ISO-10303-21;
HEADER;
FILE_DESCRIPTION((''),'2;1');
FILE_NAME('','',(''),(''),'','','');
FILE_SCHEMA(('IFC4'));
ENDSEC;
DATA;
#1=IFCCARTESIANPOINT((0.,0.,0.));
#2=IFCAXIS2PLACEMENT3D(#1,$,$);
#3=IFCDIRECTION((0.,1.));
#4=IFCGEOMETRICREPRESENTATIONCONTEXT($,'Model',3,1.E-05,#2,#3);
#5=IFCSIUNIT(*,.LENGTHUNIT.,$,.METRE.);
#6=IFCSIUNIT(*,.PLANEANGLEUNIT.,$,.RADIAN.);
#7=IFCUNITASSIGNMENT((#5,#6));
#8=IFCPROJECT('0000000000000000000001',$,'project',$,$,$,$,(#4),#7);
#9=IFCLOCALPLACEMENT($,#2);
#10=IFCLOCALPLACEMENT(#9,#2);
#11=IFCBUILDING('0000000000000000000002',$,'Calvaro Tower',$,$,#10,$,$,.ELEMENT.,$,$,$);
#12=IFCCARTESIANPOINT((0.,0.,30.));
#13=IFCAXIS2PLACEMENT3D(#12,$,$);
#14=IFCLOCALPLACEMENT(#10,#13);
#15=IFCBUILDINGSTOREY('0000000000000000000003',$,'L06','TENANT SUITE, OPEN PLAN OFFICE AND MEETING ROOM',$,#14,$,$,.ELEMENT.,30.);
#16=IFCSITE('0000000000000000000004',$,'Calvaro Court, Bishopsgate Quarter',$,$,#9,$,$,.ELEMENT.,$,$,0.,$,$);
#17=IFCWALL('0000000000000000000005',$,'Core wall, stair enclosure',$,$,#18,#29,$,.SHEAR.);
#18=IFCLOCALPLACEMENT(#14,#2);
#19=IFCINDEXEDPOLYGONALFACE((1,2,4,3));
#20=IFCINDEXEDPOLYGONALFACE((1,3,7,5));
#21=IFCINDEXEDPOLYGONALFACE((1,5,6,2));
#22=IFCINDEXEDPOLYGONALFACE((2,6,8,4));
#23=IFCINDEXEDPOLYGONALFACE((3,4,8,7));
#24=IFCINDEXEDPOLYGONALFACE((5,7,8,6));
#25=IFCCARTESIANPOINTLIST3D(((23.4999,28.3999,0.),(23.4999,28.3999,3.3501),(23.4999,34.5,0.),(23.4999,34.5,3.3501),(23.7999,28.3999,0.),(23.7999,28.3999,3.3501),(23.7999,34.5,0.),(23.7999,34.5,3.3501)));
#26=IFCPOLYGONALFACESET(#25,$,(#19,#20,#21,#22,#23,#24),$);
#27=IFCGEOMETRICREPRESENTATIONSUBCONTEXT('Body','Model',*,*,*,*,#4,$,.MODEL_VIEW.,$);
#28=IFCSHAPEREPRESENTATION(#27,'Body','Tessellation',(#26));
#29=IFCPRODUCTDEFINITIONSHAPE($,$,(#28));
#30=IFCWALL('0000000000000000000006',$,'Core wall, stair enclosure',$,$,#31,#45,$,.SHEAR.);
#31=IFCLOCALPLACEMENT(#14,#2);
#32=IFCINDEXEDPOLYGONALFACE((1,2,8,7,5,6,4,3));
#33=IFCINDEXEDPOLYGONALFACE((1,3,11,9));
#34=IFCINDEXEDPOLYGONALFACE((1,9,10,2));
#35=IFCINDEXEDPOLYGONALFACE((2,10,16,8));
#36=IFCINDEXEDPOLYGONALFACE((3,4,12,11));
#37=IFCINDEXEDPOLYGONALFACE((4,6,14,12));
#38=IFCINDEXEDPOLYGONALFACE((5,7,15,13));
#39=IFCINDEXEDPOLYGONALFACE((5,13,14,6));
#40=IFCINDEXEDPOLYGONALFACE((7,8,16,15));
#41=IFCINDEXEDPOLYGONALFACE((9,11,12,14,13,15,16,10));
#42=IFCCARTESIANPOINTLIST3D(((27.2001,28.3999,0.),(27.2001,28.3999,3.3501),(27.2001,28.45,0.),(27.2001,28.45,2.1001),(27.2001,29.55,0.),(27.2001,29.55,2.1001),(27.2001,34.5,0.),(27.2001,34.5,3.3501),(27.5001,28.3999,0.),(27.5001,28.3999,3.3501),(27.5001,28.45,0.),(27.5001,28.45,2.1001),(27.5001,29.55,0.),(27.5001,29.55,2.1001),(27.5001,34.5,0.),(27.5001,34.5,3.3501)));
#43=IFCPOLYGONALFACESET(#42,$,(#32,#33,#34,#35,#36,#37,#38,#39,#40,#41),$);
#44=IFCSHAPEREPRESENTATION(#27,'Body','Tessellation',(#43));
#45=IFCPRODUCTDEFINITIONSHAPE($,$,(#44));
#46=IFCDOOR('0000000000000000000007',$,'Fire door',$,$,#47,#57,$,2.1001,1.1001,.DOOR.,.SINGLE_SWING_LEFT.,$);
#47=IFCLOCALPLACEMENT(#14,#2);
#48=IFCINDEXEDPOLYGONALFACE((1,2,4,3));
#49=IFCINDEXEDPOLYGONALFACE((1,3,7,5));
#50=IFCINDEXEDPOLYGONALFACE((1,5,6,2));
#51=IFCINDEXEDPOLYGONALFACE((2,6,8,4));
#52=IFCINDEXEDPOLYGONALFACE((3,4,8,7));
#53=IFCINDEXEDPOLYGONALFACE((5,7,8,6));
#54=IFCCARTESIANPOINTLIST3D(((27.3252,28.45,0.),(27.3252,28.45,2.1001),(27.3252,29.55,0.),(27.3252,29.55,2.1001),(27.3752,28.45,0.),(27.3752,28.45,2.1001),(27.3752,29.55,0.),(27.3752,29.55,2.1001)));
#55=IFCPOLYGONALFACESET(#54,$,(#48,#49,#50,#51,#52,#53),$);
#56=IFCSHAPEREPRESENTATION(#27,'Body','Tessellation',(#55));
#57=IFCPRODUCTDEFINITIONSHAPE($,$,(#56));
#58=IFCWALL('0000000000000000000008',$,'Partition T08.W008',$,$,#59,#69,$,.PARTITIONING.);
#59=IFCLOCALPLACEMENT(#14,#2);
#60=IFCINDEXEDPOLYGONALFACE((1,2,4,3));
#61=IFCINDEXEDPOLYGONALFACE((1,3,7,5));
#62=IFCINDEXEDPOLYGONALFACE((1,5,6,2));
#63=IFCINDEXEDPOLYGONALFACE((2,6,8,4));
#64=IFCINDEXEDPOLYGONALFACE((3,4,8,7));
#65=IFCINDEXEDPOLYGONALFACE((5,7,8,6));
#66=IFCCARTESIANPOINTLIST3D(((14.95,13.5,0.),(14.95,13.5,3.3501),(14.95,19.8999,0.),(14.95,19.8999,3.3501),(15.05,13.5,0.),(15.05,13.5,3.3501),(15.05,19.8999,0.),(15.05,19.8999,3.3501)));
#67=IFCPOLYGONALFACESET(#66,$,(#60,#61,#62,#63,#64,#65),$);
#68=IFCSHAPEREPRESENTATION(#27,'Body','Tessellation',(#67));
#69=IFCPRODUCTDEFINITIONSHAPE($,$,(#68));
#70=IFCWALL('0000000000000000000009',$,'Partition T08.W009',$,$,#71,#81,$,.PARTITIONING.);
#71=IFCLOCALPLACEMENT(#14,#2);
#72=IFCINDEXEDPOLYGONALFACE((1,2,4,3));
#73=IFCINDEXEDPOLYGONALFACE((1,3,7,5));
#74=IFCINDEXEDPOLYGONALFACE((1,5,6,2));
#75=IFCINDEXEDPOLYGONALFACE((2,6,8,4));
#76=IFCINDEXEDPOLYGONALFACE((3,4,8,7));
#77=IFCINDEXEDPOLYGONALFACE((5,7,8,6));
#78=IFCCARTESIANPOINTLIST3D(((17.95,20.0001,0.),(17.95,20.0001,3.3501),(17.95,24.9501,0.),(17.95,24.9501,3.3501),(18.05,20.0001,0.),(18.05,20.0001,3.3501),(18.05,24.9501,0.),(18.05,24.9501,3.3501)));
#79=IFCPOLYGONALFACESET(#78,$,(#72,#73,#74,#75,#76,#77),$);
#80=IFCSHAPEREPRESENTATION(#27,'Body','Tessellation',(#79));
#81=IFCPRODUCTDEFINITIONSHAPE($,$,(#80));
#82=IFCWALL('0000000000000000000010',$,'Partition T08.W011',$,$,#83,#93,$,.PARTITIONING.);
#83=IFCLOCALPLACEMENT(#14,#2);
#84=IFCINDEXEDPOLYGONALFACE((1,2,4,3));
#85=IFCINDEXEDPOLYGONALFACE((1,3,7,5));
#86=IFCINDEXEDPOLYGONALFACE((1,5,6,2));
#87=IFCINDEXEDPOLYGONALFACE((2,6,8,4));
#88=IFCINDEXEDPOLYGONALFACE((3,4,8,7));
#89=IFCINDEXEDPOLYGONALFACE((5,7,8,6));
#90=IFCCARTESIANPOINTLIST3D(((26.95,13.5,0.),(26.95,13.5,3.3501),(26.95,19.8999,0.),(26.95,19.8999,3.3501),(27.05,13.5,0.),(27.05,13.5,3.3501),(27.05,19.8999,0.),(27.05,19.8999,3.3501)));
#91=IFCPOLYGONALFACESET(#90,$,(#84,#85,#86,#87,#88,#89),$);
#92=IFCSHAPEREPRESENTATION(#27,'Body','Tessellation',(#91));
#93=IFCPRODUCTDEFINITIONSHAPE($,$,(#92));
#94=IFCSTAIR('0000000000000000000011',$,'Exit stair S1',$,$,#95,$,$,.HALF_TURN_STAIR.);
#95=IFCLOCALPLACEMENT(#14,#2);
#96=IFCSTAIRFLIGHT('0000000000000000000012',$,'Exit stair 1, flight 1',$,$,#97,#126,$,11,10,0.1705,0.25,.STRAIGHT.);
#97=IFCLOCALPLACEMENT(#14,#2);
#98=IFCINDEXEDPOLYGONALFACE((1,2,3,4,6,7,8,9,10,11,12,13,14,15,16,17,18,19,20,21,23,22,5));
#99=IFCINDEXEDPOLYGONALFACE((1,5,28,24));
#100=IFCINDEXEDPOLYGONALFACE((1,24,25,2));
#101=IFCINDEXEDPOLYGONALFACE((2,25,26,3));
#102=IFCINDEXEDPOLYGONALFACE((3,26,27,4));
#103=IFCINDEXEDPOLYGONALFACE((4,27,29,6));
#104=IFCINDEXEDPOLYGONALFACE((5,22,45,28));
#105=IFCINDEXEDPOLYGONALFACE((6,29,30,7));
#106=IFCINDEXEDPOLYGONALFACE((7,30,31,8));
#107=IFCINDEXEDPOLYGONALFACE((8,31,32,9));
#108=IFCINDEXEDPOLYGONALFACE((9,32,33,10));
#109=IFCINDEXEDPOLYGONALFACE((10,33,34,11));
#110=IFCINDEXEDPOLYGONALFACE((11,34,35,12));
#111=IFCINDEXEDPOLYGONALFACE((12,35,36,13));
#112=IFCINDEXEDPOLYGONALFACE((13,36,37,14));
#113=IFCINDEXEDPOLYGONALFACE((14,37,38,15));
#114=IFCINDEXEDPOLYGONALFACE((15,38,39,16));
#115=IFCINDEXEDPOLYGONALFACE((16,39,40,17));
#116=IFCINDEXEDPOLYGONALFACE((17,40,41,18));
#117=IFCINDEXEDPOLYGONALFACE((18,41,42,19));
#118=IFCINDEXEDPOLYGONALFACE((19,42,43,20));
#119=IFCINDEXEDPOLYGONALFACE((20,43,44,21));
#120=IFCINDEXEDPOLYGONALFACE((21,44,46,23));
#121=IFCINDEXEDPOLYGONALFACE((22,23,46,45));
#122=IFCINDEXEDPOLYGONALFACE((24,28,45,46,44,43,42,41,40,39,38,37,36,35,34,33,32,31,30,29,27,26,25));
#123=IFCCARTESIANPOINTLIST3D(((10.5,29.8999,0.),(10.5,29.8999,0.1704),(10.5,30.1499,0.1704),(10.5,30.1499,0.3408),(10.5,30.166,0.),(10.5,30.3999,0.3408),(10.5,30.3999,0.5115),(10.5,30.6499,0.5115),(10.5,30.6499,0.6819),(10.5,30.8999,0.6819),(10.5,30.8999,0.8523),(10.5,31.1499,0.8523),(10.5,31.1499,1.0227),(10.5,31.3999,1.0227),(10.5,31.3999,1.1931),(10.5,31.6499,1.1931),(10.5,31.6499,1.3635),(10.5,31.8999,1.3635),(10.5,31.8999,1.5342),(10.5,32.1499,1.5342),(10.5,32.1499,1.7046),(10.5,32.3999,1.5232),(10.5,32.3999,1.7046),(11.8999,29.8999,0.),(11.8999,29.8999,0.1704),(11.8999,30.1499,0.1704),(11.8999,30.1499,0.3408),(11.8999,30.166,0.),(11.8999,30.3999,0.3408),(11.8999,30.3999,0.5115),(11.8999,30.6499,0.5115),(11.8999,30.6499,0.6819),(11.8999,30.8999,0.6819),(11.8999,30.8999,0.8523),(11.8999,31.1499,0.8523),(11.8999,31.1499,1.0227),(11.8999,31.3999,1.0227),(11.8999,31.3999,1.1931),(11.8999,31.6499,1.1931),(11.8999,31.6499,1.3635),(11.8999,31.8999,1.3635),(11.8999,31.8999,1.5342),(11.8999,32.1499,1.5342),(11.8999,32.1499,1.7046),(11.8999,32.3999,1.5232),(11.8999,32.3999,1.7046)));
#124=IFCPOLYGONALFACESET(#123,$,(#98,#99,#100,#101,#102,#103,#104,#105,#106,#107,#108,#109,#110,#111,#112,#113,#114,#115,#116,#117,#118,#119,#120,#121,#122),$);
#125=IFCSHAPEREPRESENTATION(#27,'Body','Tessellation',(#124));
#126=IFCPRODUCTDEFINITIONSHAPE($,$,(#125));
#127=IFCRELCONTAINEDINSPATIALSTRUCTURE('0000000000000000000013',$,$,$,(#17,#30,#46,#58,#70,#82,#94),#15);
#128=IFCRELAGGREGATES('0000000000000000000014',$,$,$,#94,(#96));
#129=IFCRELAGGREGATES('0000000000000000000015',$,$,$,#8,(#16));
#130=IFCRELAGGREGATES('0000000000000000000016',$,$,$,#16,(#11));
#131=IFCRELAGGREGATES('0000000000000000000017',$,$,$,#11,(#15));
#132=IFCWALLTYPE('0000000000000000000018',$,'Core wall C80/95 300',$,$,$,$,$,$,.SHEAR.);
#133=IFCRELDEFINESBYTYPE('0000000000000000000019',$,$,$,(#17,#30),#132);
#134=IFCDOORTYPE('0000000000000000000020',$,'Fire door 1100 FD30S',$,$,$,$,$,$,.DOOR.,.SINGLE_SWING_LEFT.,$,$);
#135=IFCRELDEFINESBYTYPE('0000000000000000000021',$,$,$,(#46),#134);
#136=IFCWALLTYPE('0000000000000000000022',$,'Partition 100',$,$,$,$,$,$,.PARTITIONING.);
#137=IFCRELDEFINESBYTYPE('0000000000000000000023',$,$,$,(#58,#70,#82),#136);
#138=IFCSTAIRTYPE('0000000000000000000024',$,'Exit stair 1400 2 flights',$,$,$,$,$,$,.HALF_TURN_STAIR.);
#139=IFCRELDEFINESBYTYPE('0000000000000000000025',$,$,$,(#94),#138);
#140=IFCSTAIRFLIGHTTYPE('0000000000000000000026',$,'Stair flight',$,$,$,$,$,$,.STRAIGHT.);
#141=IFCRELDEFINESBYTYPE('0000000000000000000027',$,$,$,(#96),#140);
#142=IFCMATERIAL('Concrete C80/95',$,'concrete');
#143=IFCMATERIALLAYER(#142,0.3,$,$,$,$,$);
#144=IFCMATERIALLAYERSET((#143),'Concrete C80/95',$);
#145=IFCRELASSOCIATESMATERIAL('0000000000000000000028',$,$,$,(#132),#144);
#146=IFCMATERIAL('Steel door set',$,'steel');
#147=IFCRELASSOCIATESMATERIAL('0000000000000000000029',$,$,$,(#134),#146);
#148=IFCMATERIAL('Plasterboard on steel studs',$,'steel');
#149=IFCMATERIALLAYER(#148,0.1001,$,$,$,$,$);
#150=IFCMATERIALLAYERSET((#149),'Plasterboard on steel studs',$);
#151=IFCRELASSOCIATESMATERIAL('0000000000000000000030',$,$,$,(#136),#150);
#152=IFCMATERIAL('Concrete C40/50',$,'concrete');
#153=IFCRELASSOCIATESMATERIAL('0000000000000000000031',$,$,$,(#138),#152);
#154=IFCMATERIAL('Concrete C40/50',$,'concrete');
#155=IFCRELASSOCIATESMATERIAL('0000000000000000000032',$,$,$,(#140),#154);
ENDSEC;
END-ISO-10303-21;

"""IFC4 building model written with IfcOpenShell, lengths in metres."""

from ifc_helpers import new_model, si_unit, direction, frame, frame_2d, origin, place, context, subcontext, project, spatial, polyline, rectangle, outline, extrude, material, layer, layer_set, type_object, element, fill, aggregate, save


model = new_model("IFC4")

# Units and contexts
model_context = context("Model", 3, precision=1e-05, world=origin(), true_north=direction((0.0, 1.0)))
body_context = subcontext(model_context, "Body", "Model", "MODEL_VIEW")
ifc_project = project(units=[si_unit("LENGTHUNIT", "METRE"), si_unit("PLANEANGLEUNIT", "RADIAN")], contexts=[model_context])

# Site, building, storey
site_placement = place(None, origin())
site = spatial("IfcSite", under=ifc_project, at=site_placement, Name="Calvaro Court, Bishopsgate Quarter", CompositionType="ELEMENT", RefElevation=0.0)
building_placement = place(site_placement, origin())
building = spatial("IfcBuilding", under=site, at=building_placement, Name="Calvaro Tower", CompositionType="ELEMENT")
storey_placement = place(building_placement, frame((0.0, 0.0, 30.0)))
storey = spatial("IfcBuildingStorey", under=building, at=storey_placement, Name="L06", Description="TENANT SUITE, OPEN PLAN OFFICE AND MEETING ROOM", CompositionType="ELEMENT", Elevation=30.0)

# Wall
ifc_material_1 = material(Name="Concrete C80/95", Category="concrete")
ifc_layer_1 = layer(ifc_material_1, 0.3)
ifc_layer_set_1 = layer_set([ifc_layer_1], Name="Concrete C80/95")
wall_type_1 = type_object("IfcWallType", Name="Core wall C80/95 300", PredefinedType="SHEAR", material=ifc_layer_set_1)
for number, where, z_axis, x_axis, name in (
    (1, (23.6499, 28.3999, 0.0), (0.0, 0.0, 1.0), (0.0, 1.0, 0.0), "Core wall, stair enclosure"),
):
    element("IfcWall", number, at=place(storey_placement, frame(where, z_axis=z_axis, x_axis=x_axis)), inside=storey, type_object=wall_type_1, Name=name, PredefinedType="SHEAR", context=body_context, shape_type="SweptSolid", body=[
        extrude(rectangle(XDim=6.1001, YDim=0.3, at=frame_2d((3.05, 0.0))), origin(), (0.0, 0.0, 1.0), 3.3501),
    ])

# Wall, opening, door
wall_1_placement = place(storey_placement, frame((27.3501, 28.3999, 0.0), z_axis=(0.0, 0.0, 1.0), x_axis=(0.0, 1.0, 0.0)))
wall_1 = element("IfcWall", 2, at=wall_1_placement, inside=storey, type_object=wall_type_1, Name="Core wall, stair enclosure", PredefinedType="SHEAR", context=body_context, shape_type="SweptSolid", body=[
    extrude(rectangle(XDim=6.1001, YDim=0.3, at=frame_2d((3.05, 0.0))), origin(), (0.0, 0.0, 1.0), 3.3501),
])
opening_1_placement = place(wall_1_placement, frame((0.05, 0.0, 0.0)))
opening_1 = element("IfcOpeningElement", 3, at=opening_1_placement, cuts=wall_1, PredefinedType="OPENING", context=body_context, shape_type="SweptSolid", body=[
    extrude(rectangle(XDim=1.1001, YDim=2.1001, at=frame_2d((0.55, 1.05))), frame((0.0, 0.1599, 0.0), z_axis=(0.0, -1.0, 0.0), x_axis=(1.0, 0.0, 0.0)), (0.0, 0.0, 1.0), 0.3201),
])
ifc_material_2 = material(Name="Steel door set", Category="steel")
door_type_1 = type_object("IfcDoorType", Name="Fire door 1100 FD30S", OperationType="SINGLE_SWING_LEFT", PredefinedType="DOOR", material=ifc_material_2)
door_1_placement = place(opening_1_placement, origin())
door_1 = element("IfcDoor", 4, at=door_1_placement, inside=storey, type_object=door_type_1, Name="Fire door", OperationType="SINGLE_SWING_LEFT", OverallHeight=2.1001, OverallWidth=1.1001, PredefinedType="DOOR", context=body_context, shape_type="SweptSolid", body=[
    extrude(rectangle(XDim=1.1001, YDim=2.1001, at=frame_2d((0.55, 1.05))), frame((0.0, 0.0249, 0.0), z_axis=(0.0, -1.0, 0.0), x_axis=(1.0, 0.0, 0.0)), (0.0, 0.0, 1.0), 0.05),
])
fill(opening_1, door_1)

# Walls
ifc_material_3 = material(Name="Plasterboard on steel studs", Category="steel")
ifc_layer_2 = layer(ifc_material_3, 0.1001)
ifc_layer_set_2 = layer_set([ifc_layer_2], Name="Plasterboard on steel studs")
wall_type_2 = type_object("IfcWallType", Name="Partition 100", PredefinedType="PARTITIONING", material=ifc_layer_set_2)
wall_2_placement = place(storey_placement, frame((15.0, 13.5, 0.0), z_axis=(0.0, 0.0, 1.0), x_axis=(0.0, 1.0, 0.0)))
element("IfcWall", 5, at=wall_2_placement, inside=storey, type_object=wall_type_2, Name="Partition T08.W008", PredefinedType="PARTITIONING", context=body_context, shape_type="SweptSolid", body=[
    extrude(rectangle(XDim=6.3999, YDim=0.1001, at=frame_2d((3.2, 0.0))), origin(), (0.0, 0.0, 1.0), 3.3501),
])
wall_3_placement = place(storey_placement, frame((18.0, 20.0, 0.0), z_axis=(0.0, 0.0, 1.0), x_axis=(0.0, 1.0, 0.0)))
element("IfcWall", 6, at=wall_3_placement, inside=storey, type_object=wall_type_2, Name="Partition T08.W009", PredefinedType="PARTITIONING", context=body_context, shape_type="SweptSolid", body=[
    extrude(rectangle(XDim=4.95, YDim=0.1001, at=frame_2d((2.4751, 0.0))), origin(), (0.0, 0.0, 1.0), 3.3501),
])
wall_4_placement = place(storey_placement, frame((27.0, 13.5, 0.0), z_axis=(0.0, 0.0, 1.0), x_axis=(0.0, 1.0, 0.0)))
element("IfcWall", 7, at=wall_4_placement, inside=storey, type_object=wall_type_2, Name="Partition T08.W011", PredefinedType="PARTITIONING", context=body_context, shape_type="SweptSolid", body=[
    extrude(rectangle(XDim=6.3999, YDim=0.1001, at=frame_2d((3.2, 0.0))), origin(), (0.0, 0.0, 1.0), 3.3501),
])

# Stair, stair flight
ifc_material_4 = material(Name="Concrete C40/50", Category="concrete")
stair_type = type_object("IfcStairType", Name="Exit stair 1400 2 flights", PredefinedType="HALF_TURN_STAIR", material=ifc_material_4)
stair_placement = place(storey_placement, origin())
stair = element("IfcStair", 8, at=stair_placement, inside=storey, type_object=stair_type, Name="Exit stair S1", PredefinedType="HALF_TURN_STAIR")
ifc_material_5 = material(Name="Concrete C40/50", Category="concrete")
stair_flight_type = type_object("IfcStairFlightType", Name="Stair flight", PredefinedType="STRAIGHT", material=ifc_material_5)
stair_flight_placement = place(storey_placement, frame((11.2, 29.8999, 0.0), z_axis=(0.0, 0.0, 1.0), x_axis=(0.0, 1.0, 0.0)))
stair_flight = element("IfcStairFlight", 9, at=stair_flight_placement, type_object=stair_flight_type, Name="Exit stair 1, flight 1", NumberOfRisers=11, NumberOfTreads=10, PredefinedType="STRAIGHT", RiserHeight=0.1705, TreadLength=0.25, context=body_context, shape_type="SweptSolid", body=[
    extrude(outline(polyline([(0.0, 0.0), (0.0, 0.1704), (0.25, 0.1704), (0.25, 0.3408), (0.5, 0.3408), (0.5, 0.5115), (0.75, 0.5115), (0.75, 0.6819), (1.0, 0.6819), (1.0, 0.8523), (1.25, 0.8523), (1.25, 1.0227), (1.5, 1.0227), (1.5, 1.1931), (1.75, 1.1931), (1.75, 1.3635), (2.0, 1.3635), (2.0, 1.5342), (2.25, 1.5342), (2.25, 1.7046), (2.5, 1.7046), (2.5, 1.875), (2.5, 1.5232), (0.2661, 0.0), (0.0, 0.0)])), frame((0.0, 0.7, 0.0), z_axis=(0.0, -1.0, 0.0), x_axis=(1.0, 0.0, 0.0)), (0.0, 0.0, 1.0), 1.3999),
])
aggregate(stair, [stair_flight])

save(model, "model.ifc")
